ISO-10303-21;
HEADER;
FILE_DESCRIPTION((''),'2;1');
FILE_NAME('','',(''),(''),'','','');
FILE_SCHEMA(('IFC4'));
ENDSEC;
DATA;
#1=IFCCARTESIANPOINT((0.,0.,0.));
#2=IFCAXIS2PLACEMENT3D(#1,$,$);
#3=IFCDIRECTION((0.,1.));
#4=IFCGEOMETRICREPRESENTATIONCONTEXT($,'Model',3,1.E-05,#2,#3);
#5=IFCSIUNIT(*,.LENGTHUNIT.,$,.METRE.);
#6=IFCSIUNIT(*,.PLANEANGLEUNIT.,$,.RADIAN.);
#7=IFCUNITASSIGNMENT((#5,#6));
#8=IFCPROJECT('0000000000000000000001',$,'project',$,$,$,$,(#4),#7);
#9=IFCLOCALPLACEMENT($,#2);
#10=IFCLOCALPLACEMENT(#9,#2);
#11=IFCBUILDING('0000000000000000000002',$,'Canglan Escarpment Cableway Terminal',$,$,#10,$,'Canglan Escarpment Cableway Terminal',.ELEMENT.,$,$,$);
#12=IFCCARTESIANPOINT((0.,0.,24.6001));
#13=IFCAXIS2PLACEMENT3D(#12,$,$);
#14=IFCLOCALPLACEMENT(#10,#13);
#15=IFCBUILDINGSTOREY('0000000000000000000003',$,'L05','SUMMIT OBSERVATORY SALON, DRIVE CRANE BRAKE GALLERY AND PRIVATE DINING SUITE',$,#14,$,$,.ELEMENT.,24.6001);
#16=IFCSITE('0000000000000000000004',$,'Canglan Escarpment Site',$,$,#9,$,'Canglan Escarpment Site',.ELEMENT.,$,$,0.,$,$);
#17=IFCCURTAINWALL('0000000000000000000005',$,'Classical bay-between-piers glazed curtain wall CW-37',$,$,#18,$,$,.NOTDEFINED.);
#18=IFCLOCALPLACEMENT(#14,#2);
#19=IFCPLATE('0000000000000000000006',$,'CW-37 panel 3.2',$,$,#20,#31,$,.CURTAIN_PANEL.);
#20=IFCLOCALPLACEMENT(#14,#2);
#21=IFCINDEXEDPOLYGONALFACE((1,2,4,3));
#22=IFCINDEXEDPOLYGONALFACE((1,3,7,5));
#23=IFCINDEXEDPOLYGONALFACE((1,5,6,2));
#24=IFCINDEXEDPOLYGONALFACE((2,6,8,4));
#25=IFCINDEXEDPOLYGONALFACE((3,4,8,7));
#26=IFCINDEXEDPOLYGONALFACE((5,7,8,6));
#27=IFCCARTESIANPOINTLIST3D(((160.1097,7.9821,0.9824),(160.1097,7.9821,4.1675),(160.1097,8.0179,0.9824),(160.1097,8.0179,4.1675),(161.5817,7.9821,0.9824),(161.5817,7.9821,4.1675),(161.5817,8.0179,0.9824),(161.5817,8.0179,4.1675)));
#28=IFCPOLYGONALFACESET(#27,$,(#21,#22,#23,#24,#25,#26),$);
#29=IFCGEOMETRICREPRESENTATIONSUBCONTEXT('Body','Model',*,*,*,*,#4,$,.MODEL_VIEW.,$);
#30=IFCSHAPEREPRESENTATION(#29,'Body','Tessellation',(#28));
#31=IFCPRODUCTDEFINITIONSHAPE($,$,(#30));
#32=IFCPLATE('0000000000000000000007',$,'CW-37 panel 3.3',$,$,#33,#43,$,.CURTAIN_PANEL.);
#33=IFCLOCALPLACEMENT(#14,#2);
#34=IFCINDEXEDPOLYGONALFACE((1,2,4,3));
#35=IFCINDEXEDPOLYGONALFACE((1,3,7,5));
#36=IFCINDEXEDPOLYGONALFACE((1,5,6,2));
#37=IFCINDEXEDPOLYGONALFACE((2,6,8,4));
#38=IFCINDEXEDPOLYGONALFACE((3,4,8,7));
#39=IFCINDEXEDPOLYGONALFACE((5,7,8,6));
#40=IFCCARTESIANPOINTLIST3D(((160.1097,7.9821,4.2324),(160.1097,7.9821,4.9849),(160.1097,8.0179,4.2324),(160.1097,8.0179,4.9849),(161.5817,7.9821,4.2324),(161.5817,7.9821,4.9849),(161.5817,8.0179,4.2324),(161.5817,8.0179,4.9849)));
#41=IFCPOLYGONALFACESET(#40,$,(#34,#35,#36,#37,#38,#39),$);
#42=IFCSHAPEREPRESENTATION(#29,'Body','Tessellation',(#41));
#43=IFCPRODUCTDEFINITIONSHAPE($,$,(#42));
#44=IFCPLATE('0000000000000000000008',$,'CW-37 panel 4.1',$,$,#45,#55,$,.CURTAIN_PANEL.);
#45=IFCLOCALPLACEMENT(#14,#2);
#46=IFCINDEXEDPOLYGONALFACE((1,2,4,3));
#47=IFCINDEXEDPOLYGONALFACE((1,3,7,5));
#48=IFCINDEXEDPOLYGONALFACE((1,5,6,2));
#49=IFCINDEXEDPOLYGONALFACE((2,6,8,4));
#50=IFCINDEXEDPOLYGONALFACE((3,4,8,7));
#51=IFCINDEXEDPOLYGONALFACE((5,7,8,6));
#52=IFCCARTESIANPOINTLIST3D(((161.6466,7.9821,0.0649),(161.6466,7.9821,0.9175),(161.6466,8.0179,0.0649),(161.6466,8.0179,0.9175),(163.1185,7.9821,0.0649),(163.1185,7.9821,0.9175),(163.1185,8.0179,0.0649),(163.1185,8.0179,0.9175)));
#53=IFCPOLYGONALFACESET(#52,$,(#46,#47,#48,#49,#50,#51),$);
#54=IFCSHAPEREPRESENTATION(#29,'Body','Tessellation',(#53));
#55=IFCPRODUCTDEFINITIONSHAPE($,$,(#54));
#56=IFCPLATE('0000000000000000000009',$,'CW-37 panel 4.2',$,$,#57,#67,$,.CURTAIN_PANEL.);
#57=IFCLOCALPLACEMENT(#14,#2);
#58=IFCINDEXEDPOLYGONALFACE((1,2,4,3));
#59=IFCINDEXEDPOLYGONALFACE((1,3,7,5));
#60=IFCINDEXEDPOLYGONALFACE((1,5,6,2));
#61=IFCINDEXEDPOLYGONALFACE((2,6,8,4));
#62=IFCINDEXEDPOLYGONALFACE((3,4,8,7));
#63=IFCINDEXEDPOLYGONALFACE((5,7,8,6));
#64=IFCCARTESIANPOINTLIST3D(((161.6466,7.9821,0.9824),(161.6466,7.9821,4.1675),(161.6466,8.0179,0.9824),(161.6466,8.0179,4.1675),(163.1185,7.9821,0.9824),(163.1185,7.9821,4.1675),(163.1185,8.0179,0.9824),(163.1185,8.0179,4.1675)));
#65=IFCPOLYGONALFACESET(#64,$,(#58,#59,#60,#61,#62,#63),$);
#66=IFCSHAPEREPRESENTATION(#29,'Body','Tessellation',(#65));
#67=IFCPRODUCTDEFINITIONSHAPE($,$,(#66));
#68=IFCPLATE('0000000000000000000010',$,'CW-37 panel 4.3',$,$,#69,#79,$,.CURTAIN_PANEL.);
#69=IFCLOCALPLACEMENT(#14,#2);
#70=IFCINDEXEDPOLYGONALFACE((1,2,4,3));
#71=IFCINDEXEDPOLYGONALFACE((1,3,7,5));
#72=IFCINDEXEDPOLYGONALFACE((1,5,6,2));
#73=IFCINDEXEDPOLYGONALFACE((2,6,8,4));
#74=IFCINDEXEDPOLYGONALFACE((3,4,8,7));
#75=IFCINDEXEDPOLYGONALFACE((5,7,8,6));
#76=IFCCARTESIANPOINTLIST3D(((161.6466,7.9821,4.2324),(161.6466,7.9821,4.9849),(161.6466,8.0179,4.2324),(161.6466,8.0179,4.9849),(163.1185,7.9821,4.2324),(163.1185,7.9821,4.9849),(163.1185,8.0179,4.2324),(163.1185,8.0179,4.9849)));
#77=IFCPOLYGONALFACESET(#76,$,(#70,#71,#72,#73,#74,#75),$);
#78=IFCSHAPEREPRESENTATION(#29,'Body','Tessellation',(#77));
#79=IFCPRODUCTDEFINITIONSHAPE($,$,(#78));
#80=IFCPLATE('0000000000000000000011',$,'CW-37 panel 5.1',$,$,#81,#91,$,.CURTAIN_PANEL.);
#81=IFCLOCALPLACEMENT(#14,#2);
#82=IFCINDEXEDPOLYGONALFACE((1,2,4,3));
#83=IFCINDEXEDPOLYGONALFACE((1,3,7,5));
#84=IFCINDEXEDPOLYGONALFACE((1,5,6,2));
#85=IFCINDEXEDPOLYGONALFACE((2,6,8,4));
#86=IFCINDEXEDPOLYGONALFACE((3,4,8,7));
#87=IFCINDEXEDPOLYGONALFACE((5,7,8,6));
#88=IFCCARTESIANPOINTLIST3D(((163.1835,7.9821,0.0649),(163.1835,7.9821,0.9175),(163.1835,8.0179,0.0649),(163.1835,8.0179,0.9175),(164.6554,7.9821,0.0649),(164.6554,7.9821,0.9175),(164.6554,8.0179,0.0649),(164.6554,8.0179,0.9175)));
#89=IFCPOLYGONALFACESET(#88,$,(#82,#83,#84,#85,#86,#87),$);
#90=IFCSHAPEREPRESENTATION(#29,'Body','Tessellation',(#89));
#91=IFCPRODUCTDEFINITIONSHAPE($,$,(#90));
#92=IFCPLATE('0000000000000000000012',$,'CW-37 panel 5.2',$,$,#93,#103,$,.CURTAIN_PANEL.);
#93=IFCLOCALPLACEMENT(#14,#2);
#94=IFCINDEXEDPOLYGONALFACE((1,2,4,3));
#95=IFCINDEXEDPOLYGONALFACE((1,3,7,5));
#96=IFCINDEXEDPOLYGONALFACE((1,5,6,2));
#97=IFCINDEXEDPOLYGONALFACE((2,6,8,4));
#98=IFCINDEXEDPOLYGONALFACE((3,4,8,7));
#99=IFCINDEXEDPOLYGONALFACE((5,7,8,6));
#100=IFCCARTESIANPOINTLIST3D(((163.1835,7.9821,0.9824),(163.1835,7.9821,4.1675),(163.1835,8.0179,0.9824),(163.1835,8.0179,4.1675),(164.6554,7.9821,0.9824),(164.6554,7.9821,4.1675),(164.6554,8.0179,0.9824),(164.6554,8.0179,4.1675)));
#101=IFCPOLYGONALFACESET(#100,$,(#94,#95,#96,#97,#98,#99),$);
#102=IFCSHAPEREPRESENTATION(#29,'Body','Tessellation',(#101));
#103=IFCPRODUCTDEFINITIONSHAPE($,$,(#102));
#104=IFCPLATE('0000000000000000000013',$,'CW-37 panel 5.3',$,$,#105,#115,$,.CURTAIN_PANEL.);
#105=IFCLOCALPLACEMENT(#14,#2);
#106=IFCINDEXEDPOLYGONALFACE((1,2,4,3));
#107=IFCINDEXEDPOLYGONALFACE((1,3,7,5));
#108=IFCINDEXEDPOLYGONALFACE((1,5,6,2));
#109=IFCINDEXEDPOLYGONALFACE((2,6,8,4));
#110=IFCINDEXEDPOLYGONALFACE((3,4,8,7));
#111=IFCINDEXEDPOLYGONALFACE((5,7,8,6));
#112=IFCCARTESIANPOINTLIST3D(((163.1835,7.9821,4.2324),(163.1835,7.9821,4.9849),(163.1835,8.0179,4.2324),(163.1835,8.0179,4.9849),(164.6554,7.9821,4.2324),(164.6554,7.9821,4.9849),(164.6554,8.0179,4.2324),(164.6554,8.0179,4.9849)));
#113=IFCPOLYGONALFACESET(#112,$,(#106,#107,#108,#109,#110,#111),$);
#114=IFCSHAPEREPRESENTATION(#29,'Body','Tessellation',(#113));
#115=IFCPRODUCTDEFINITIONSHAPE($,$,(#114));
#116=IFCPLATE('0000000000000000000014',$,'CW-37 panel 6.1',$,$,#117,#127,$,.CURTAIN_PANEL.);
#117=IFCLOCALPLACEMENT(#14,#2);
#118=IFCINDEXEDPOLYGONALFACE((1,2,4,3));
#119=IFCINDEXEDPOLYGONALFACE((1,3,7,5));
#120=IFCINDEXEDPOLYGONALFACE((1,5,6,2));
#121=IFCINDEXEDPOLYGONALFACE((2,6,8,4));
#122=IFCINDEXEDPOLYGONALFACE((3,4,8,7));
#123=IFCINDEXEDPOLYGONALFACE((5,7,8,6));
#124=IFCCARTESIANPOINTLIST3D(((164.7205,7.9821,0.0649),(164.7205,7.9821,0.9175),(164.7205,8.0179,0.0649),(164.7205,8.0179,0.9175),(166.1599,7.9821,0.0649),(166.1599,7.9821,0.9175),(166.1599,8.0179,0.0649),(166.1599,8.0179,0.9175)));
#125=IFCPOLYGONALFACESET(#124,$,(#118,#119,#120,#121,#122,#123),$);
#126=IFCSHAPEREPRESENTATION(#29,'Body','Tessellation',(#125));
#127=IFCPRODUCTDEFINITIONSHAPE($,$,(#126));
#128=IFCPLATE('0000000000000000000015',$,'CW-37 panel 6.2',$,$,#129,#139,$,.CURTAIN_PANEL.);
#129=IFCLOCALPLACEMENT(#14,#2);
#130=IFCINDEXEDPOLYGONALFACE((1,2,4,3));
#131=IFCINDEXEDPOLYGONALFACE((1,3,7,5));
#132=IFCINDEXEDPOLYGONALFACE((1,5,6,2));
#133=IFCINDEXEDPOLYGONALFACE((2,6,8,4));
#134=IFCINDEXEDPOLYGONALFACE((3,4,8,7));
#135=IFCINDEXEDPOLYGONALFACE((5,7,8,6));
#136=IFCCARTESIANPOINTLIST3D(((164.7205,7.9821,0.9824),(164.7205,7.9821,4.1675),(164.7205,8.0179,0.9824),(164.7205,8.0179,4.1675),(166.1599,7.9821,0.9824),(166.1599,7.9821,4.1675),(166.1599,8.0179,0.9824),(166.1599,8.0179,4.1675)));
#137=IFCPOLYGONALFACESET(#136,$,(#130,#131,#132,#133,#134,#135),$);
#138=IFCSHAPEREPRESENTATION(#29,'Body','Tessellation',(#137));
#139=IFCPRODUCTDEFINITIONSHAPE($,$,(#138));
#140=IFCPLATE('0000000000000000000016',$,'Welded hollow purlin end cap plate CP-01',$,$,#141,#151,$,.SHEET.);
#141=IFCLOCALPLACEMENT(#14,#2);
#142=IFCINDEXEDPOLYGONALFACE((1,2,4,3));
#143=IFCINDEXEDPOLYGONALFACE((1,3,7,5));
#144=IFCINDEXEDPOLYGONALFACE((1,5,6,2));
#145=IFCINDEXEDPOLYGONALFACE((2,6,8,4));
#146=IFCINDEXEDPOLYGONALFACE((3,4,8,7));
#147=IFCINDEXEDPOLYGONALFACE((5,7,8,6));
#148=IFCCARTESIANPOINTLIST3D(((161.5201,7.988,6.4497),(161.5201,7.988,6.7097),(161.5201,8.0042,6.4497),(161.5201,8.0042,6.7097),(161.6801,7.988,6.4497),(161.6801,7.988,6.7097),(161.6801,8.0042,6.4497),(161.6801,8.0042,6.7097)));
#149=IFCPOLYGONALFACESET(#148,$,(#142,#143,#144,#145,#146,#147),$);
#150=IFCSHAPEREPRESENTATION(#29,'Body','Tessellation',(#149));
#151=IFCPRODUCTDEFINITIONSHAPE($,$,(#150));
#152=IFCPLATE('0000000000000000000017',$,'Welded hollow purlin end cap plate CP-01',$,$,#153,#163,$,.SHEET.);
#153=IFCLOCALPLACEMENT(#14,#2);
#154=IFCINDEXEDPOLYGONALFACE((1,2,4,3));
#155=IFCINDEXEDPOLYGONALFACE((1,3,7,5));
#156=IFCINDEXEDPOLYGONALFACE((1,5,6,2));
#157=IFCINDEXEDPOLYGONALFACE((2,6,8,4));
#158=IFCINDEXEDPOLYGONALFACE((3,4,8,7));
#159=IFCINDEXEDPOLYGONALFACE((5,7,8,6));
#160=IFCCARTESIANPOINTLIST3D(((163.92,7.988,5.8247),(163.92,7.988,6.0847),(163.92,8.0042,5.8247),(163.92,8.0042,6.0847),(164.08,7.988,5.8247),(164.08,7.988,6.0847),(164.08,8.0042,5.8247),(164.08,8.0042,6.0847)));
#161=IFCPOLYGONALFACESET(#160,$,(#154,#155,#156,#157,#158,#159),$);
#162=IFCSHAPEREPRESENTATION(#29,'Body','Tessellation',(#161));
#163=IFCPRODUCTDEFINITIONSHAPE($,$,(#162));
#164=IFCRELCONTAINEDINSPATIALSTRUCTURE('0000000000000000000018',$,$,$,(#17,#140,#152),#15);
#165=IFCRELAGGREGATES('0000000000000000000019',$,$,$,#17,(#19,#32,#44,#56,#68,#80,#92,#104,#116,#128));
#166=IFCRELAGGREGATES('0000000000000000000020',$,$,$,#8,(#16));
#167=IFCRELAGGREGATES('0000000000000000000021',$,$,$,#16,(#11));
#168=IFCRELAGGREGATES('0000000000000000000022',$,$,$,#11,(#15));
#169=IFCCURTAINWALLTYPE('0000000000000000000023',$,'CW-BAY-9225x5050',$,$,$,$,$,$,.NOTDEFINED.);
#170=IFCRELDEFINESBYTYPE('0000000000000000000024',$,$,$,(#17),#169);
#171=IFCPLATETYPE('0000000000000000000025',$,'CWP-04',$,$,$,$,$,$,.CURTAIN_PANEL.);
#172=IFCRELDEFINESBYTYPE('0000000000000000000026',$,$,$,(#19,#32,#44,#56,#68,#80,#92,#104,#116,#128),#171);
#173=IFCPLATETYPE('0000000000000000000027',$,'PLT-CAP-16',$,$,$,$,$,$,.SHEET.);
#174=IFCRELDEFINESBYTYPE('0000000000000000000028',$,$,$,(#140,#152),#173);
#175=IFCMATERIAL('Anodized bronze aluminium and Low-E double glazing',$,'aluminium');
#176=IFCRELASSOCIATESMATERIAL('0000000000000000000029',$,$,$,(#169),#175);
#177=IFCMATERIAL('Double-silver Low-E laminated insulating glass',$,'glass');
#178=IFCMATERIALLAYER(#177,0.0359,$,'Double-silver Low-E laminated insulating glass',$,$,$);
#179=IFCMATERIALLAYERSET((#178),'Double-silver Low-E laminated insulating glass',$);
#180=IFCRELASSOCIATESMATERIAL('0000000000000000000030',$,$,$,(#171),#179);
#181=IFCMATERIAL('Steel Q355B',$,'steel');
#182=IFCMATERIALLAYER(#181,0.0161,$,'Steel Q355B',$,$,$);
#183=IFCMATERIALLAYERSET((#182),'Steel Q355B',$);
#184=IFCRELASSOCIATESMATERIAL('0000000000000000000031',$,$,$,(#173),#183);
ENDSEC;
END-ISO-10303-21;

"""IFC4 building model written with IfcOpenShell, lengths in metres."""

from ifc_helpers import new_model, si_unit, direction, frame, origin, origin_2d, place, context, subcontext, project, spatial, rectangle, extrude, material, layer, layer_set, type_object, element, aggregate, save


model = new_model("IFC4")

# Units and contexts
model_context = context("Model", 3, precision=1e-05, world=origin(), true_north=direction((0.0, 1.0)))
body_context = subcontext(model_context, "Body", "Model", "MODEL_VIEW")
ifc_project = project(units=[si_unit("LENGTHUNIT", "METRE"), si_unit("PLANEANGLEUNIT", "RADIAN")], contexts=[model_context])

# Site, building, storey
site_placement = place(None, origin())
site = spatial("IfcSite", under=ifc_project, at=site_placement, Name="Canglan Escarpment Site", LongName="Canglan Escarpment Site", CompositionType="ELEMENT", RefElevation=0.0)
building_placement = place(site_placement, origin())
building = spatial("IfcBuilding", under=site, at=building_placement, Name="Canglan Escarpment Cableway Terminal", LongName="Canglan Escarpment Cableway Terminal", CompositionType="ELEMENT")
storey_placement = place(building_placement, frame((0.0, 0.0, 24.6001)))
storey = spatial("IfcBuildingStorey", under=building, at=storey_placement, Name="L05", Description="SUMMIT OBSERVATORY SALON, DRIVE CRANE BRAKE GALLERY AND PRIVATE DINING SUITE", CompositionType="ELEMENT", Elevation=24.6001)

# Curtain wall
ifc_material_1 = material(Name="Anodized bronze aluminium and Low-E double glazing", Category="aluminium")
curtain_wall_type = type_object("IfcCurtainWallType", Name="CW-BAY-9225x5050", PredefinedType="NOTDEFINED", material=ifc_material_1)
curtain_wall_placement = place(storey_placement, origin())
curtain_wall = element("IfcCurtainWall", 1, at=curtain_wall_placement, inside=storey, type_object=curtain_wall_type, Name="Classical bay-between-piers glazed curtain wall CW-37", PredefinedType="NOTDEFINED")

# Shared definitions
ifc_material_2 = material(Name="Steel Q355B", Category="steel")

# Plates
ifc_material_3 = material(Name="Double-silver Low-E laminated insulating glass", Category="glass")
ifc_layer_1 = layer(ifc_material_3, 0.0359, Name="Double-silver Low-E laminated insulating glass")
ifc_layer_set_1 = layer_set([ifc_layer_1], Name="Double-silver Low-E laminated insulating glass")
plate_type_1 = type_object("IfcPlateType", Name="CWP-04", PredefinedType="CURTAIN_PANEL", material=ifc_layer_set_1)
plate_1_placement = place(storey_placement, frame((160.8457, 8.0, 0.9824), z_axis=(0.0, 0.0, 1.0), x_axis=(1.0, 0.0, 0.0)))
plate_1 = element("IfcPlate", 2, at=plate_1_placement, type_object=plate_type_1, Name="CW-37 panel 3.2", PredefinedType="CURTAIN_PANEL", context=body_context, shape_type="SweptSolid", body=[
    extrude(rectangle(XDim=1.4719, YDim=0.0359, at=origin_2d()), origin(), (0.0, 0.0, 1.0), 3.1851),
])
plate_2_placement = place(storey_placement, frame((160.8457, 8.0, 4.2324), z_axis=(0.0, 0.0, 1.0), x_axis=(1.0, 0.0, 0.0)))
plate_2 = element("IfcPlate", 3, at=plate_2_placement, type_object=plate_type_1, Name="CW-37 panel 3.3", PredefinedType="CURTAIN_PANEL", context=body_context, shape_type="SweptSolid", body=[
    extrude(rectangle(XDim=1.4719, YDim=0.0359, at=origin_2d()), origin(), (0.0, 0.0, 1.0), 0.7524),
])
plate_3_placement = place(storey_placement, frame((162.3826, 8.0, 0.0649), z_axis=(0.0, 0.0, 1.0), x_axis=(1.0, 0.0, 0.0)))
plate_3 = element("IfcPlate", 4, at=plate_3_placement, type_object=plate_type_1, Name="CW-37 panel 4.1", PredefinedType="CURTAIN_PANEL", context=body_context, shape_type="SweptSolid", body=[
    extrude(rectangle(XDim=1.4719, YDim=0.0359, at=origin_2d()), origin(), (0.0, 0.0, 1.0), 0.8525),
])
plate_4_placement = place(storey_placement, frame((162.3826, 8.0, 0.9824), z_axis=(0.0, 0.0, 1.0), x_axis=(1.0, 0.0, 0.0)))
plate_4 = element("IfcPlate", 5, at=plate_4_placement, type_object=plate_type_1, Name="CW-37 panel 4.2", PredefinedType="CURTAIN_PANEL", context=body_context, shape_type="SweptSolid", body=[
    extrude(rectangle(XDim=1.4719, YDim=0.0359, at=origin_2d()), origin(), (0.0, 0.0, 1.0), 3.1851),
])
plate_5_placement = place(storey_placement, frame((162.3826, 8.0, 4.2324), z_axis=(0.0, 0.0, 1.0), x_axis=(1.0, 0.0, 0.0)))
plate_5 = element("IfcPlate", 6, at=plate_5_placement, type_object=plate_type_1, Name="CW-37 panel 4.3", PredefinedType="CURTAIN_PANEL", context=body_context, shape_type="SweptSolid", body=[
    extrude(rectangle(XDim=1.4719, YDim=0.0359, at=origin_2d()), origin(), (0.0, 0.0, 1.0), 0.7524),
])
plate_6_placement = place(storey_placement, frame((163.9194, 8.0, 0.0649), z_axis=(0.0, 0.0, 1.0), x_axis=(1.0, 0.0, 0.0)))
plate_6 = element("IfcPlate", 7, at=plate_6_placement, type_object=plate_type_1, Name="CW-37 panel 5.1", PredefinedType="CURTAIN_PANEL", context=body_context, shape_type="SweptSolid", body=[
    extrude(rectangle(XDim=1.4719, YDim=0.0359, at=origin_2d()), origin(), (0.0, 0.0, 1.0), 0.8525),
])
plate_7_placement = place(storey_placement, frame((163.9194, 8.0, 0.9824), z_axis=(0.0, 0.0, 1.0), x_axis=(1.0, 0.0, 0.0)))
plate_7 = element("IfcPlate", 8, at=plate_7_placement, type_object=plate_type_1, Name="CW-37 panel 5.2", PredefinedType="CURTAIN_PANEL", context=body_context, shape_type="SweptSolid", body=[
    extrude(rectangle(XDim=1.4719, YDim=0.0359, at=origin_2d()), origin(), (0.0, 0.0, 1.0), 3.1851),
])
plate_8_placement = place(storey_placement, frame((163.9194, 8.0, 4.2324), z_axis=(0.0, 0.0, 1.0), x_axis=(1.0, 0.0, 0.0)))
plate_8 = element("IfcPlate", 9, at=plate_8_placement, type_object=plate_type_1, Name="CW-37 panel 5.3", PredefinedType="CURTAIN_PANEL", context=body_context, shape_type="SweptSolid", body=[
    extrude(rectangle(XDim=1.4719, YDim=0.0359, at=origin_2d()), origin(), (0.0, 0.0, 1.0), 0.7524),
])
plate_9_placement = place(storey_placement, frame((165.4402, 8.0, 0.0649), z_axis=(0.0, 0.0, 1.0), x_axis=(1.0, 0.0, 0.0)))
plate_9 = element("IfcPlate", 10, at=plate_9_placement, type_object=plate_type_1, Name="CW-37 panel 6.1", PredefinedType="CURTAIN_PANEL", context=body_context, shape_type="SweptSolid", body=[
    extrude(rectangle(XDim=1.4395, YDim=0.0359, at=origin_2d()), origin(), (0.0, 0.0, 1.0), 0.8525),
])
plate_10_placement = place(storey_placement, frame((165.4402, 8.0, 0.9824), z_axis=(0.0, 0.0, 1.0), x_axis=(1.0, 0.0, 0.0)))
plate_10 = element("IfcPlate", 11, at=plate_10_placement, type_object=plate_type_1, Name="CW-37 panel 6.2", PredefinedType="CURTAIN_PANEL", context=body_context, shape_type="SweptSolid", body=[
    extrude(rectangle(XDim=1.4395, YDim=0.0359, at=origin_2d()), origin(), (0.0, 0.0, 1.0), 3.1851),
])
aggregate(curtain_wall, [plate_1, plate_2, plate_3, plate_4, plate_5, plate_6, plate_7, plate_8, plate_9, plate_10])

# Plates
ifc_layer_2 = layer(ifc_material_2, 0.0161, Name="Steel Q355B")
ifc_layer_set_2 = layer_set([ifc_layer_2], Name="Steel Q355B")
plate_type_2 = type_object("IfcPlateType", Name="PLT-CAP-16", PredefinedType="SHEET", material=ifc_layer_set_2)
for number, where, z_axis, x_axis, name in (
    (12, (161.6001, 7.9961, 6.4497), (0.0, 0.0, 1.0), (1.0, 0.0, 0.0), "Welded hollow purlin end cap plate CP-01"),
    (13, (164.0, 7.9961, 5.8247), (0.0, 0.0, 1.0), (1.0, 0.0, 0.0), "Welded hollow purlin end cap plate CP-01"),
):
    element("IfcPlate", number, at=place(storey_placement, frame(where, z_axis=z_axis, x_axis=x_axis)), inside=storey, type_object=plate_type_2, Name=name, PredefinedType="SHEET", context=body_context, shape_type="SweptSolid", body=[
        extrude(rectangle(XDim=0.1599, YDim=0.0161, at=origin_2d()), origin(), (0.0, 0.0, 1.0), 0.26),
    ])

save(model, "model.ifc")
